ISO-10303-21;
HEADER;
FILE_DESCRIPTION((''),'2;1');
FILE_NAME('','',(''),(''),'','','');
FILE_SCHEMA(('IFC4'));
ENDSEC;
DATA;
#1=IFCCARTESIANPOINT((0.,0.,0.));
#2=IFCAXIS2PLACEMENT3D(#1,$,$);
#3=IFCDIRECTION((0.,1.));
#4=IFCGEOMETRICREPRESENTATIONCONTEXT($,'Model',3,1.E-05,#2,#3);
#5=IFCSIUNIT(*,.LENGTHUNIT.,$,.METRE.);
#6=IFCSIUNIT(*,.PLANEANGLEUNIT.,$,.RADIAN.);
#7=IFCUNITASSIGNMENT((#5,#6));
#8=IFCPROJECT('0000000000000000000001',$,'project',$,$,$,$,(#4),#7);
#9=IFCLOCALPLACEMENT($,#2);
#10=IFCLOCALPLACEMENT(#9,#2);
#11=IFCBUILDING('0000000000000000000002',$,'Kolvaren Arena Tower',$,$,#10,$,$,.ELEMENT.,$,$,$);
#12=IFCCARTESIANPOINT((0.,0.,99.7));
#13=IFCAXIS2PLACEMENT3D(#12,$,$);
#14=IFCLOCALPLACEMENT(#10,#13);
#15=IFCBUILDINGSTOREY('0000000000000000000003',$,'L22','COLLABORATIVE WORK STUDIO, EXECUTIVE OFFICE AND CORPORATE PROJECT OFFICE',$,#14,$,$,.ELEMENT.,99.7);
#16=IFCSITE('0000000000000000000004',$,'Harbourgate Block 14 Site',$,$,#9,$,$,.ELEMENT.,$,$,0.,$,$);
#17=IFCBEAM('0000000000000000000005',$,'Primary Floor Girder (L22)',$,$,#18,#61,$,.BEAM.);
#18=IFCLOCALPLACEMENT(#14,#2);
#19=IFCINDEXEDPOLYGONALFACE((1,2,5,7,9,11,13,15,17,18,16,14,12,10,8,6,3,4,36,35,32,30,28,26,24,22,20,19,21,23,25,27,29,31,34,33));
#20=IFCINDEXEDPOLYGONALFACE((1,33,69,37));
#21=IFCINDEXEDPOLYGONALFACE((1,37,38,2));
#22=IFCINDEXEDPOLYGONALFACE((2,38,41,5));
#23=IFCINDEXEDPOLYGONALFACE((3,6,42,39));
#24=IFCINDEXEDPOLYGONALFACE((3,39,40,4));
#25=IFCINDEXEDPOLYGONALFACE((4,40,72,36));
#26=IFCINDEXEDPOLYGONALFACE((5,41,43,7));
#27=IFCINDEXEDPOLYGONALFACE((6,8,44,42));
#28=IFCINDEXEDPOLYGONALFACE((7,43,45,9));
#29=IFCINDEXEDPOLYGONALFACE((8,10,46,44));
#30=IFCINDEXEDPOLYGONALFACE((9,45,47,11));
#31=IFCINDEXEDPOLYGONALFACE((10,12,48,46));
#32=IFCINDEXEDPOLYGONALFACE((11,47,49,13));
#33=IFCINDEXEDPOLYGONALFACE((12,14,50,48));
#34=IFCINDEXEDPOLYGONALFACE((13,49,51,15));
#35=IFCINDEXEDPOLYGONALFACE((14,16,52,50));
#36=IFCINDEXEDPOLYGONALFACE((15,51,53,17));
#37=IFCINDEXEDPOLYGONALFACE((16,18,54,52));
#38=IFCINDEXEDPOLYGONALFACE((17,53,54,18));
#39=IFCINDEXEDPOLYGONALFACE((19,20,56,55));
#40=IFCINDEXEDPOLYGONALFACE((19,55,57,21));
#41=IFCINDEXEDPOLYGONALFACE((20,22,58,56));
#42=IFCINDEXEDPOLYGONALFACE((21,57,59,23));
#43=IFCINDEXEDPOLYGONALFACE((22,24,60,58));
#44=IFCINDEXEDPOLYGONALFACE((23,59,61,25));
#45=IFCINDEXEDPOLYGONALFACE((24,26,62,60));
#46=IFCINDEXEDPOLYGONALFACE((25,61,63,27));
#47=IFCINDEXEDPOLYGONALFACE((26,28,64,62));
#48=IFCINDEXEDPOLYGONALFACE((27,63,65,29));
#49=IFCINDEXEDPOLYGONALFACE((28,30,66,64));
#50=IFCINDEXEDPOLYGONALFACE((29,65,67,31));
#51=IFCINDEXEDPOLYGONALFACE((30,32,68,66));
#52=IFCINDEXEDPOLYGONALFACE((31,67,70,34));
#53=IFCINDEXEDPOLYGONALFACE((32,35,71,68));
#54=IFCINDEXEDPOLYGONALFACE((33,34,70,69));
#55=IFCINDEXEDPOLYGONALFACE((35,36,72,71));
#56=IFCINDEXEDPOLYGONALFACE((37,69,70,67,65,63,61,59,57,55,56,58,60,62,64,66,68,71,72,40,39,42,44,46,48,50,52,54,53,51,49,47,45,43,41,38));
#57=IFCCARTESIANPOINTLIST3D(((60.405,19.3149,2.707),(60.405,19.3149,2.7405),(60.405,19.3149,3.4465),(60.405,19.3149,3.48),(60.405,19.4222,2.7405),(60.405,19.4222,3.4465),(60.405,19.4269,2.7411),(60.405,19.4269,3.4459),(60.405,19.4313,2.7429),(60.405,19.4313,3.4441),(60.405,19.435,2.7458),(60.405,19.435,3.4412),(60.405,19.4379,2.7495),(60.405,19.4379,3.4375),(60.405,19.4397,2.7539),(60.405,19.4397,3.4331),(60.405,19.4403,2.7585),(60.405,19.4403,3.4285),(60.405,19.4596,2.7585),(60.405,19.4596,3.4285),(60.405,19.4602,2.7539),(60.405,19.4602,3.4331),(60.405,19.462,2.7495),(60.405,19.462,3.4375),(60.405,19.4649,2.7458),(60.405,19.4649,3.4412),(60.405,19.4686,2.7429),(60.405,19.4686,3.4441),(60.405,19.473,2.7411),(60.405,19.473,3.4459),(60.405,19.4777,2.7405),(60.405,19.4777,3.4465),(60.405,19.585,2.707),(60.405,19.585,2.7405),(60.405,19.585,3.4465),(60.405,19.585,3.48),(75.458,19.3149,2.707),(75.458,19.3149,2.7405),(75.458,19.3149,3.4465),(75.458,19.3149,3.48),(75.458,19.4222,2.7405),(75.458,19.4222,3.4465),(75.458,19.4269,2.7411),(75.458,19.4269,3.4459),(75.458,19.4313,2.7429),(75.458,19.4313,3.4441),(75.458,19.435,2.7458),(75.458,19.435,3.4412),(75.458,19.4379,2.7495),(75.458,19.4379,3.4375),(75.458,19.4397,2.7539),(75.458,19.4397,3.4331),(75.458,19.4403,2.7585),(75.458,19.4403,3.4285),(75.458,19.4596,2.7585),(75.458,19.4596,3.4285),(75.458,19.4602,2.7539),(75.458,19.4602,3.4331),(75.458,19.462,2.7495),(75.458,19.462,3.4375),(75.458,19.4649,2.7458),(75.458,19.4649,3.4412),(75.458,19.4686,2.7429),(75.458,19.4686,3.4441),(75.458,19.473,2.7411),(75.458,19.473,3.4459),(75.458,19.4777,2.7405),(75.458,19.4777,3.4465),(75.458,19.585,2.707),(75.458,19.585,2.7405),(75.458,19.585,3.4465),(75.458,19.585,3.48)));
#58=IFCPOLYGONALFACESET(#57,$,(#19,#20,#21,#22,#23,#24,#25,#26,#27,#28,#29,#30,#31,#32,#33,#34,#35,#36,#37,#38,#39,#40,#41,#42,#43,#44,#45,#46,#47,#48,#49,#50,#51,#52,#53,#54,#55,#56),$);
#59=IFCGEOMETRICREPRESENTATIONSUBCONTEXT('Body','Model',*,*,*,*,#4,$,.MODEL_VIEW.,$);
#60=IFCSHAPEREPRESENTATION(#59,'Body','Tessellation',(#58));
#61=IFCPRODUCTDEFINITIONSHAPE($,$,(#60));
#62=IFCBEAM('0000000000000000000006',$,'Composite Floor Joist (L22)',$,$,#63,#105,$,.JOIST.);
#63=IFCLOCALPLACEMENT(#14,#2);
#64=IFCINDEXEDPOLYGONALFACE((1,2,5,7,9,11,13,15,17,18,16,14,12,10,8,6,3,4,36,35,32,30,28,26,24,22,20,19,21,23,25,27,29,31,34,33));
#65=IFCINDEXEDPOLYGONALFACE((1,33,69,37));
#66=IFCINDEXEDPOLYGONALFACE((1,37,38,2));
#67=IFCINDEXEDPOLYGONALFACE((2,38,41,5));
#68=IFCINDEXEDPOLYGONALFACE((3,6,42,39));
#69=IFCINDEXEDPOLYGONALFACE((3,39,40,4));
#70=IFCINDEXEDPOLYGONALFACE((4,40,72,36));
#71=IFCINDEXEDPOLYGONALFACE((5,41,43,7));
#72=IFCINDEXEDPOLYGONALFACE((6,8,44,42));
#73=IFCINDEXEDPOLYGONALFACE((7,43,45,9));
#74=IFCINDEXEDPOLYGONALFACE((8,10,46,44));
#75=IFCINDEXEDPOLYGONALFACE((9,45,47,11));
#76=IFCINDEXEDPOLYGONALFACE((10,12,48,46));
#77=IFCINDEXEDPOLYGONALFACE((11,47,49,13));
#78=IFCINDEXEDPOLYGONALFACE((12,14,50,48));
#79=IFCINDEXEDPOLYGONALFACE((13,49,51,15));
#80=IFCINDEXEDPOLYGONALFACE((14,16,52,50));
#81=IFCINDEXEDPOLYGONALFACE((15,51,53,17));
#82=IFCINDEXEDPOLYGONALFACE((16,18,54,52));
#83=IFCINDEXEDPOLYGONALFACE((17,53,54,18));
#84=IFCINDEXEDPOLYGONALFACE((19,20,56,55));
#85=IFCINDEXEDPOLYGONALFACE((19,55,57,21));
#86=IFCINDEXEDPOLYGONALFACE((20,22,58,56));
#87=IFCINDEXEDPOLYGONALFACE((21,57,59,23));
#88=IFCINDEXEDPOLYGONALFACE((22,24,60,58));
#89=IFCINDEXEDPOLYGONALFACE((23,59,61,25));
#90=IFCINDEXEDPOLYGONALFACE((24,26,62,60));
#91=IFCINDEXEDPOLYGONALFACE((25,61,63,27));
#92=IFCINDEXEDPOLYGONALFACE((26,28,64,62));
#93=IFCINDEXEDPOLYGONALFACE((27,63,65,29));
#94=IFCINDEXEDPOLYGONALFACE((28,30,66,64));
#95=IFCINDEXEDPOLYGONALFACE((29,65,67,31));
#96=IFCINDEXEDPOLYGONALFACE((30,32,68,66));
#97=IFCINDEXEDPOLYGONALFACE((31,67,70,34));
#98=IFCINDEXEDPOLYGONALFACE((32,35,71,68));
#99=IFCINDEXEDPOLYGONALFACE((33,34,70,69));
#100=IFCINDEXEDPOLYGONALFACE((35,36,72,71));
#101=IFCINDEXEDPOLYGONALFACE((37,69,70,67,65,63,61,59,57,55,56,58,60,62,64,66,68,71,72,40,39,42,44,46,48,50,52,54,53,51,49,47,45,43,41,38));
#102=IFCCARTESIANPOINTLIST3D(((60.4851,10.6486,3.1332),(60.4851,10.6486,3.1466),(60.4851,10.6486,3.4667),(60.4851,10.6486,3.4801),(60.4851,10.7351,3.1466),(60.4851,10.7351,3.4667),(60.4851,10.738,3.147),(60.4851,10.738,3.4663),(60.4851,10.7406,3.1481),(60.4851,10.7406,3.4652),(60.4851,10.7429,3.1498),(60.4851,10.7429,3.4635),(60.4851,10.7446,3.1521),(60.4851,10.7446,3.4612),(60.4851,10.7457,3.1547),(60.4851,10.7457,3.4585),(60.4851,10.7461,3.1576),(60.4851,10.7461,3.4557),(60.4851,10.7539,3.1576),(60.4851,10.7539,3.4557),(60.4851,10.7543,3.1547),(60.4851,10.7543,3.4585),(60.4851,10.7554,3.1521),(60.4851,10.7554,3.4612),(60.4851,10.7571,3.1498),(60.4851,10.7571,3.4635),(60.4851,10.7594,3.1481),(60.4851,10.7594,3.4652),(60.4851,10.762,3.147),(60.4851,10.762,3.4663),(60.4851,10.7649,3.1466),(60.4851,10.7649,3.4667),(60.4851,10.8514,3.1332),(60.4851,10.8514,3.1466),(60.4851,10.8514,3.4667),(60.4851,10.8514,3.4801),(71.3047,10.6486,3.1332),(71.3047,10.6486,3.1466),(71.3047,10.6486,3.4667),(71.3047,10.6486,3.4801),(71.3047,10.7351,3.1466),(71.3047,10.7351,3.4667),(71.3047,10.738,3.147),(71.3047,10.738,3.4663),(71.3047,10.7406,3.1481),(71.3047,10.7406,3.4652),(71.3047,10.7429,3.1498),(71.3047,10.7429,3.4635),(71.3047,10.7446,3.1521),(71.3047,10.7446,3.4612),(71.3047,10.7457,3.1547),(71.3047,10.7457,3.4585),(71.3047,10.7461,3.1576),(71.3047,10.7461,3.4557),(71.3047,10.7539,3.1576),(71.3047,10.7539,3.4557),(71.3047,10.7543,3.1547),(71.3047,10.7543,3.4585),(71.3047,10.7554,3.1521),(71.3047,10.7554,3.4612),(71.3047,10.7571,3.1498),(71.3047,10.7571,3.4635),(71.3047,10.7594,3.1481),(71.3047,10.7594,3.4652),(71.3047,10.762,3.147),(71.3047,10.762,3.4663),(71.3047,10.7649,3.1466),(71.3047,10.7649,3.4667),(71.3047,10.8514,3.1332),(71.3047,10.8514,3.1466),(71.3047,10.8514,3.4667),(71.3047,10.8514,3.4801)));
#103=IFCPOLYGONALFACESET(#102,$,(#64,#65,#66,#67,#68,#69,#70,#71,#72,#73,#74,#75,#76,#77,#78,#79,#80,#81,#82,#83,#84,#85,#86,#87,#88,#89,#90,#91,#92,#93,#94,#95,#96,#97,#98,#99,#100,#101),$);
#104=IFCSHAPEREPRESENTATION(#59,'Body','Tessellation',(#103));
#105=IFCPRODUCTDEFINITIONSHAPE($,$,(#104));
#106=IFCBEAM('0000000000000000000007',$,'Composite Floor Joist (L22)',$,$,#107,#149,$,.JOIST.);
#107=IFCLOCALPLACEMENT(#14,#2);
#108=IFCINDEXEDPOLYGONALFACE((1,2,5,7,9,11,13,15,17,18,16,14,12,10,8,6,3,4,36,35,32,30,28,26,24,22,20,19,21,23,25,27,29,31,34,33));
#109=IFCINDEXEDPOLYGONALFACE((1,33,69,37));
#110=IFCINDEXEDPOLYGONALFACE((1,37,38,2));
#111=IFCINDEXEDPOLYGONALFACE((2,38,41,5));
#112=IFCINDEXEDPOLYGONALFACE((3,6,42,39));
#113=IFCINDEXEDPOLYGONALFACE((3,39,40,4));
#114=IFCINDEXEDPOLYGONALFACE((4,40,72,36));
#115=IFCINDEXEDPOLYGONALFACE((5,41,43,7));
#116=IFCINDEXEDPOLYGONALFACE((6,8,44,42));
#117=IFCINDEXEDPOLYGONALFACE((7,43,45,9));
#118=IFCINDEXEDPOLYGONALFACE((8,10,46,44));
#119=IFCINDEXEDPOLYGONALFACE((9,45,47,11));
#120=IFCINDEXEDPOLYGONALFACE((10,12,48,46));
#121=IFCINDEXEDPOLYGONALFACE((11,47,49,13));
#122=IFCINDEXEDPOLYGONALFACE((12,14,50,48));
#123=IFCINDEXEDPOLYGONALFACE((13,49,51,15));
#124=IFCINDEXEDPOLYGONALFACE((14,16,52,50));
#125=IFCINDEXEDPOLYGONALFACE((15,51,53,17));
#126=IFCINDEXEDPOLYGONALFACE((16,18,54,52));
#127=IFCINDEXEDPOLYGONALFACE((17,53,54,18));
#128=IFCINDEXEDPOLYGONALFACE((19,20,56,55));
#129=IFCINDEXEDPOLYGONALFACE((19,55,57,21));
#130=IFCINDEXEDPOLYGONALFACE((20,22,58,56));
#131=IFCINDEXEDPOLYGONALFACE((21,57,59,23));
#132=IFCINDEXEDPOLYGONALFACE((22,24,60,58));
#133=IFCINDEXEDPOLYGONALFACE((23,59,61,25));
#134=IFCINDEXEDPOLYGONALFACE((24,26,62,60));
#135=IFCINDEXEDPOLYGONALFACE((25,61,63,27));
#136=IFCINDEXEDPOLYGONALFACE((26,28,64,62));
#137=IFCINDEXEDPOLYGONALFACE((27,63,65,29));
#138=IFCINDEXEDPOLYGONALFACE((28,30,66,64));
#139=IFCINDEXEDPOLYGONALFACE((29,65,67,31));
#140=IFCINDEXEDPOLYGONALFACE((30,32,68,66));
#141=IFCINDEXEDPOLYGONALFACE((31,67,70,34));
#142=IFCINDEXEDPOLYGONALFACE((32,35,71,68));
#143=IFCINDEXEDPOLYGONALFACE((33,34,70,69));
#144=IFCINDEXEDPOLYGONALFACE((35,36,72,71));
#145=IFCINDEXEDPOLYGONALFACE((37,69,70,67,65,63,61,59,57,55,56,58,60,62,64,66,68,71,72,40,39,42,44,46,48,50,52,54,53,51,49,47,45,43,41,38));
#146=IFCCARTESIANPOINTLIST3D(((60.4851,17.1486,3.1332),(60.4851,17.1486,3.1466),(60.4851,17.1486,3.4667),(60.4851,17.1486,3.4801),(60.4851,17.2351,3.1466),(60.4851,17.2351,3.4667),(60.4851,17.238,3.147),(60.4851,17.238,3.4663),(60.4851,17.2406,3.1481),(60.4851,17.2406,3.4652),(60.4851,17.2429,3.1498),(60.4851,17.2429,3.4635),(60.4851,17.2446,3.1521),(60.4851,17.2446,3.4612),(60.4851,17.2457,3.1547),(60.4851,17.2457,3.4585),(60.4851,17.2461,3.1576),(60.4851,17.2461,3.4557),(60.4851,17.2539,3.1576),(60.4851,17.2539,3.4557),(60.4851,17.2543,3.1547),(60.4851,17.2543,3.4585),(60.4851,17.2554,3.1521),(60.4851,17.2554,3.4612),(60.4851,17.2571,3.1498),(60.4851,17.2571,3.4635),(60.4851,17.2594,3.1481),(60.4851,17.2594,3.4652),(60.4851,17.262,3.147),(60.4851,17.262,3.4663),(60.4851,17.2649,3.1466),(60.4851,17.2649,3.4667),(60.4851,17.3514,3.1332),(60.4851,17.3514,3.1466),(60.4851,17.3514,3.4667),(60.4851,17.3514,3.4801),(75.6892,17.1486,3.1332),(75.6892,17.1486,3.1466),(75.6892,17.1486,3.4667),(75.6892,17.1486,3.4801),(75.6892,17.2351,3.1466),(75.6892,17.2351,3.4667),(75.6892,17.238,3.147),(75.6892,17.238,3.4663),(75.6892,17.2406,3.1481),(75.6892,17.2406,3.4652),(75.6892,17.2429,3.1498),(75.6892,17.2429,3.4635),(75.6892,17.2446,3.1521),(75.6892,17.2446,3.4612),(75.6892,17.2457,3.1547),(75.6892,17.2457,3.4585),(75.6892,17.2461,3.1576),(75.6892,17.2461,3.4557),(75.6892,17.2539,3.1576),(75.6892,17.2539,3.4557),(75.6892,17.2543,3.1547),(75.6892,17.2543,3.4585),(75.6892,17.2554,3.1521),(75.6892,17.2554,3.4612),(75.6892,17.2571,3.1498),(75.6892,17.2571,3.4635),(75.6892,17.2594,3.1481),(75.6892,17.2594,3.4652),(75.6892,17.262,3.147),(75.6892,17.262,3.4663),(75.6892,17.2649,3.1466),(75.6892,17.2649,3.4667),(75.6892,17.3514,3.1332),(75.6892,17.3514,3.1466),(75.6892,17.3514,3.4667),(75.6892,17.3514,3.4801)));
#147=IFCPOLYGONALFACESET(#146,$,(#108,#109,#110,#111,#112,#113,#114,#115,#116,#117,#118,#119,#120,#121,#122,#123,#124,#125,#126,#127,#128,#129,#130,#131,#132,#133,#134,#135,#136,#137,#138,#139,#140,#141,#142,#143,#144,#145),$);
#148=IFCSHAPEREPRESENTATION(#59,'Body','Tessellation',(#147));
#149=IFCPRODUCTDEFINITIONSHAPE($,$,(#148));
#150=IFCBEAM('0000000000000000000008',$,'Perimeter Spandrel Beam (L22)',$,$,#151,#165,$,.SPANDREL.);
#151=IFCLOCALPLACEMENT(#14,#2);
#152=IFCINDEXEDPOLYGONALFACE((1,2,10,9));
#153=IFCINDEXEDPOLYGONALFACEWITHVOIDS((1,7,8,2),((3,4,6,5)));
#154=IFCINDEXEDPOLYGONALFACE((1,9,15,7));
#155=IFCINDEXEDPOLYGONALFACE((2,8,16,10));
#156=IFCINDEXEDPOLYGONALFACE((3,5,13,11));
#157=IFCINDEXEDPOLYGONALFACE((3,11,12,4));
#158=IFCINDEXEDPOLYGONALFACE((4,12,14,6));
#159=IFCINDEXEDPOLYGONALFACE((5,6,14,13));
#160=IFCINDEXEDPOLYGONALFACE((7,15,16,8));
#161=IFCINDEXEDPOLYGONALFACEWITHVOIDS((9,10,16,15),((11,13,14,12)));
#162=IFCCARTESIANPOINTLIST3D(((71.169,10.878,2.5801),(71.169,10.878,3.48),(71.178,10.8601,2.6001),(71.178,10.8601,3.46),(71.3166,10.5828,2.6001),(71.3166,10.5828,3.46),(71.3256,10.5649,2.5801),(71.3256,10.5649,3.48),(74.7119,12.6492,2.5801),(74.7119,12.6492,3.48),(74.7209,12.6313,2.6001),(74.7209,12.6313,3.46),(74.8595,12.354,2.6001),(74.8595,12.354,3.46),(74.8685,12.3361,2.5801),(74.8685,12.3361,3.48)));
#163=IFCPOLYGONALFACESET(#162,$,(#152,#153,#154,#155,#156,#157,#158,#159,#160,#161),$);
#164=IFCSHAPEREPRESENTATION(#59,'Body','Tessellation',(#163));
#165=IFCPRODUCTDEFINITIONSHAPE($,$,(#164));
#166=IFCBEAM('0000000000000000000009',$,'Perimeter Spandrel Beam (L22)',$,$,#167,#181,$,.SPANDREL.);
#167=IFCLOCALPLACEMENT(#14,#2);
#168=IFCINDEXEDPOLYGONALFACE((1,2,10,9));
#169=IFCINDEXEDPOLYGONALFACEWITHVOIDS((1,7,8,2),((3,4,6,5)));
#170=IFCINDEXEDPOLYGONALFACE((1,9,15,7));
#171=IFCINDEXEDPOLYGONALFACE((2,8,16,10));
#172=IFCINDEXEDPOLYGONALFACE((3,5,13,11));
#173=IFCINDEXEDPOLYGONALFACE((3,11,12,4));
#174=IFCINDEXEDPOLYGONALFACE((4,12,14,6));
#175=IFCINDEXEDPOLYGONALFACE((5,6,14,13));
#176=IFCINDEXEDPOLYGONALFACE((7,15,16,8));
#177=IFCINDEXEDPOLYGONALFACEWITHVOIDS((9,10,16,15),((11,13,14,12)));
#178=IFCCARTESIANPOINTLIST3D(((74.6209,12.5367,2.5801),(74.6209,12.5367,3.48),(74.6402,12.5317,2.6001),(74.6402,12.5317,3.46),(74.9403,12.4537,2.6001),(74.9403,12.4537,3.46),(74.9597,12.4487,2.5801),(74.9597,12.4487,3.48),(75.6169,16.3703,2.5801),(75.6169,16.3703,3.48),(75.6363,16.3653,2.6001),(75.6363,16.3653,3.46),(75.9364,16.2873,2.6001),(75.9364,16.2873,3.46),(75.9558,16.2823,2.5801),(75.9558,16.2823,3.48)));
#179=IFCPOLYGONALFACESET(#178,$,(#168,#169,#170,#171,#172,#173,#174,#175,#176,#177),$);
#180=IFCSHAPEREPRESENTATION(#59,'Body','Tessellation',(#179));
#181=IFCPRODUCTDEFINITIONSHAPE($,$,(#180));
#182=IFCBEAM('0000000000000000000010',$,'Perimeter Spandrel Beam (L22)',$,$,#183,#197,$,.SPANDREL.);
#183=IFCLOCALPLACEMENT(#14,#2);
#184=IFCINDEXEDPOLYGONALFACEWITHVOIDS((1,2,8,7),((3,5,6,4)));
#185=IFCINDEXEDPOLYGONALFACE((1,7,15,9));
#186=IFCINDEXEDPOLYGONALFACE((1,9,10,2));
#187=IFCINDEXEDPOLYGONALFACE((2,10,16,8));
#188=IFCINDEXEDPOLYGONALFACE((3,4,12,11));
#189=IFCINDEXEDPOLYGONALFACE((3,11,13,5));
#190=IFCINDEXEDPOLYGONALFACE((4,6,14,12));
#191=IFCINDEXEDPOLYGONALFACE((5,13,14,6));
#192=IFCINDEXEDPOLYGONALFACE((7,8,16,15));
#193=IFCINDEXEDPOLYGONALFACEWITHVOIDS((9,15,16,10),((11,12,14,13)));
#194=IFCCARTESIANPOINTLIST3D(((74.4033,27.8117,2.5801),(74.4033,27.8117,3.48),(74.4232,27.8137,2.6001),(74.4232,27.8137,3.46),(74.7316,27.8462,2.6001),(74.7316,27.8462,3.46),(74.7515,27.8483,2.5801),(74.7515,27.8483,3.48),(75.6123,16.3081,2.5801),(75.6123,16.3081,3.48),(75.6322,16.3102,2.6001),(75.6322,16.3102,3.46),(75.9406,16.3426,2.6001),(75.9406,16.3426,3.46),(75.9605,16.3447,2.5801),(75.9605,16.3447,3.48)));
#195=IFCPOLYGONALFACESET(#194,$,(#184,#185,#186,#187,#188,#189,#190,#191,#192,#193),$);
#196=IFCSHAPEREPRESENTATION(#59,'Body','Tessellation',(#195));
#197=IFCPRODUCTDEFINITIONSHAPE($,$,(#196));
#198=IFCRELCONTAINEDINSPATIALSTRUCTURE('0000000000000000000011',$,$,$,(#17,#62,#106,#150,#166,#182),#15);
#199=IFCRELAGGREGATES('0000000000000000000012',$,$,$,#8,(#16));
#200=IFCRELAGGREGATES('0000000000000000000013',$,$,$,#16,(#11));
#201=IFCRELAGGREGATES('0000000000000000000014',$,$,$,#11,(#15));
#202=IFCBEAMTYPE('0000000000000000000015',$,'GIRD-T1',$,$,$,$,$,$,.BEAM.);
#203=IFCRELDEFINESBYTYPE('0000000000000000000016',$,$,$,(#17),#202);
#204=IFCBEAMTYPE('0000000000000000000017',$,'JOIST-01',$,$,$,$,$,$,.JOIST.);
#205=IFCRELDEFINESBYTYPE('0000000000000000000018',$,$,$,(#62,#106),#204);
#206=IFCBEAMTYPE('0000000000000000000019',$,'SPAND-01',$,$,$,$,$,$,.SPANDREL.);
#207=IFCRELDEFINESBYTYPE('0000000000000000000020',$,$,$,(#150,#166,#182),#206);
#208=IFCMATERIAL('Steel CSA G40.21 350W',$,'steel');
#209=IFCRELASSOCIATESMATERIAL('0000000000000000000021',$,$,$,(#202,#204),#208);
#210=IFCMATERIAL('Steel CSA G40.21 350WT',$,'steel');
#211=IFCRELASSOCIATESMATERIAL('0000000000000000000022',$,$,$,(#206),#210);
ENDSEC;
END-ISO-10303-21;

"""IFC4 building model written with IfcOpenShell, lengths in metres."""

from ifc_helpers import new_model, si_unit, direction, frame, origin, origin_2d, place, context, subcontext, project, spatial, hollow_rectangle, i_section, extrude, material, material_profile, profile_set, type_object, element, save


model = new_model("IFC4")

# Units and contexts
model_context = context("Model", 3, precision=1e-05, world=origin(), true_north=direction((0.0, 1.0)))
body_context = subcontext(model_context, "Body", "Model", "MODEL_VIEW")
ifc_project = project(units=[si_unit("LENGTHUNIT", "METRE"), si_unit("PLANEANGLEUNIT", "RADIAN")], contexts=[model_context])

# Site, building, storey
site_placement = place(None, origin())
site = spatial("IfcSite", under=ifc_project, at=site_placement, Name="Harbourgate Block 14 Site", CompositionType="ELEMENT", RefElevation=0.0)
building_placement = place(site_placement, origin())
building = spatial("IfcBuilding", under=site, at=building_placement, Name="Kolvaren Arena Tower", CompositionType="ELEMENT")
storey_placement = place(building_placement, frame((0.0, 0.0, 99.7)))
storey = spatial("IfcBuildingStorey", under=building, at=storey_placement, Name="L22", Description="COLLABORATIVE WORK STUDIO, EXECUTIVE OFFICE AND CORPORATE PROJECT OFFICE", CompositionType="ELEMENT", Elevation=99.7)

# Beams
ifc_material_1 = material(Name="Steel CSA G40.21 350W", Category="steel")
ifc_material_profile_1 = material_profile(ifc_material_1, i_section(OverallWidth=0.27, OverallDepth=0.7729, WebThickness=0.0193, FlangeThickness=0.0334, FilletRadius=0.0181, at=origin_2d()), Name="W760x257")
ifc_profile_set_1 = profile_set([ifc_material_profile_1], Name="Steel CSA G40.21 350W")
beam_type_1 = type_object("IfcBeamType", Name="GIRD-T1", PredefinedType="BEAM", material=ifc_profile_set_1)
beam_1_placement = place(storey_placement, frame((60.405, 19.45, 3.0935), z_axis=(1.0, 0.0, 0.0), x_axis=(0.0, 1.0, 0.0)))
element("IfcBeam", 1, at=beam_1_placement, inside=storey, type_object=beam_type_1, Name="Primary Floor Girder (L22)", PredefinedType="BEAM", context=body_context, shape_type="SweptSolid", body=[
    extrude(i_section(OverallWidth=0.27, OverallDepth=0.7729, WebThickness=0.0193, FlangeThickness=0.0334, FilletRadius=0.0181, at=origin_2d()), origin(), (0.0, 0.0, 1.0), 15.053),
])
ifc_material_profile_2 = material_profile(ifc_material_1, i_section(OverallWidth=0.2029, OverallDepth=0.3469, WebThickness=0.0078, FlangeThickness=0.0134, FilletRadius=0.011, at=origin_2d()), Name="W360x64")
ifc_profile_set_2 = profile_set([ifc_material_profile_2], Name="Steel CSA G40.21 350W")
beam_type_2 = type_object("IfcBeamType", Name="JOIST-01", PredefinedType="JOIST", material=ifc_profile_set_2)
beam_2_placement = place(storey_placement, frame((60.4851, 10.75, 3.3066), z_axis=(1.0, 0.0, 0.0), x_axis=(0.0, 1.0, 0.0)))
element("IfcBeam", 2, at=beam_2_placement, inside=storey, type_object=beam_type_2, Name="Composite Floor Joist (L22)", PredefinedType="JOIST", context=body_context, shape_type="SweptSolid", body=[
    extrude(i_section(OverallWidth=0.2029, OverallDepth=0.3469, WebThickness=0.0078, FlangeThickness=0.0134, FilletRadius=0.011, at=origin_2d()), origin(), (0.0, 0.0, 1.0), 10.8196),
])
beam_3_placement = place(storey_placement, frame((60.4851, 17.25, 3.3066), z_axis=(1.0, 0.0, 0.0), x_axis=(0.0, 1.0, 0.0)))
element("IfcBeam", 3, at=beam_3_placement, inside=storey, type_object=beam_type_2, Name="Composite Floor Joist (L22)", PredefinedType="JOIST", context=body_context, shape_type="SweptSolid", body=[
    extrude(i_section(OverallWidth=0.2029, OverallDepth=0.3469, WebThickness=0.0078, FlangeThickness=0.0134, FilletRadius=0.011, at=origin_2d()), origin(), (0.0, 0.0, 1.0), 15.2041),
])
ifc_material_2 = material(Name="Steel CSA G40.21 350WT", Category="steel")
ifc_material_profile_3 = material_profile(ifc_material_2, hollow_rectangle(XDim=0.3501, YDim=0.8999, WallThickness=0.02, at=origin_2d()), Name="HSS 900x350x20")
ifc_profile_set_3 = profile_set([ifc_material_profile_3], Name="Steel CSA G40.21 350WT")
beam_type_3 = type_object("IfcBeamType", Name="SPAND-01", PredefinedType="SPANDREL", material=ifc_profile_set_3)
for number, where, z_axis, x_axis, name in (
    (4, (71.2473, 10.7214, 3.03), (0.894452, 0.447164, 0.0), (-0.447164, 0.894452, 0.0), "Perimeter Spandrel Beam (L22)"),
    (5, (74.7903, 12.4927, 3.03), (0.251473, 0.967864, 0.0), (-0.967864, 0.251473, 0.0), "Perimeter Spandrel Beam (L22)"),
):
    element("IfcBeam", number, at=place(storey_placement, frame(where, z_axis=z_axis, x_axis=x_axis)), inside=storey, type_object=beam_type_3, Name=name, PredefinedType="SPANDREL", context=body_context, shape_type="SweptSolid", body=[
        extrude(hollow_rectangle(XDim=0.3501, YDim=0.8999, WallThickness=0.02, at=origin_2d()), origin(), (0.0, 0.0, 1.0), 3.9609),
    ])
beam_4_placement = place(storey_placement, frame((75.7864, 16.3264, 3.03), z_axis=(-0.104522, 0.994523, 0.0), x_axis=(-0.994523, -0.104522, 0.0)))
element("IfcBeam", 6, at=beam_4_placement, inside=storey, type_object=beam_type_3, Name="Perimeter Spandrel Beam (L22)", PredefinedType="SPANDREL", context=body_context, shape_type="SweptSolid", body=[
    extrude(hollow_rectangle(XDim=0.3501, YDim=0.8999, WallThickness=0.02, at=origin_2d()), origin(), (0.0, 0.0, 1.0), 11.5669),
])

save(model, "model.ifc")
